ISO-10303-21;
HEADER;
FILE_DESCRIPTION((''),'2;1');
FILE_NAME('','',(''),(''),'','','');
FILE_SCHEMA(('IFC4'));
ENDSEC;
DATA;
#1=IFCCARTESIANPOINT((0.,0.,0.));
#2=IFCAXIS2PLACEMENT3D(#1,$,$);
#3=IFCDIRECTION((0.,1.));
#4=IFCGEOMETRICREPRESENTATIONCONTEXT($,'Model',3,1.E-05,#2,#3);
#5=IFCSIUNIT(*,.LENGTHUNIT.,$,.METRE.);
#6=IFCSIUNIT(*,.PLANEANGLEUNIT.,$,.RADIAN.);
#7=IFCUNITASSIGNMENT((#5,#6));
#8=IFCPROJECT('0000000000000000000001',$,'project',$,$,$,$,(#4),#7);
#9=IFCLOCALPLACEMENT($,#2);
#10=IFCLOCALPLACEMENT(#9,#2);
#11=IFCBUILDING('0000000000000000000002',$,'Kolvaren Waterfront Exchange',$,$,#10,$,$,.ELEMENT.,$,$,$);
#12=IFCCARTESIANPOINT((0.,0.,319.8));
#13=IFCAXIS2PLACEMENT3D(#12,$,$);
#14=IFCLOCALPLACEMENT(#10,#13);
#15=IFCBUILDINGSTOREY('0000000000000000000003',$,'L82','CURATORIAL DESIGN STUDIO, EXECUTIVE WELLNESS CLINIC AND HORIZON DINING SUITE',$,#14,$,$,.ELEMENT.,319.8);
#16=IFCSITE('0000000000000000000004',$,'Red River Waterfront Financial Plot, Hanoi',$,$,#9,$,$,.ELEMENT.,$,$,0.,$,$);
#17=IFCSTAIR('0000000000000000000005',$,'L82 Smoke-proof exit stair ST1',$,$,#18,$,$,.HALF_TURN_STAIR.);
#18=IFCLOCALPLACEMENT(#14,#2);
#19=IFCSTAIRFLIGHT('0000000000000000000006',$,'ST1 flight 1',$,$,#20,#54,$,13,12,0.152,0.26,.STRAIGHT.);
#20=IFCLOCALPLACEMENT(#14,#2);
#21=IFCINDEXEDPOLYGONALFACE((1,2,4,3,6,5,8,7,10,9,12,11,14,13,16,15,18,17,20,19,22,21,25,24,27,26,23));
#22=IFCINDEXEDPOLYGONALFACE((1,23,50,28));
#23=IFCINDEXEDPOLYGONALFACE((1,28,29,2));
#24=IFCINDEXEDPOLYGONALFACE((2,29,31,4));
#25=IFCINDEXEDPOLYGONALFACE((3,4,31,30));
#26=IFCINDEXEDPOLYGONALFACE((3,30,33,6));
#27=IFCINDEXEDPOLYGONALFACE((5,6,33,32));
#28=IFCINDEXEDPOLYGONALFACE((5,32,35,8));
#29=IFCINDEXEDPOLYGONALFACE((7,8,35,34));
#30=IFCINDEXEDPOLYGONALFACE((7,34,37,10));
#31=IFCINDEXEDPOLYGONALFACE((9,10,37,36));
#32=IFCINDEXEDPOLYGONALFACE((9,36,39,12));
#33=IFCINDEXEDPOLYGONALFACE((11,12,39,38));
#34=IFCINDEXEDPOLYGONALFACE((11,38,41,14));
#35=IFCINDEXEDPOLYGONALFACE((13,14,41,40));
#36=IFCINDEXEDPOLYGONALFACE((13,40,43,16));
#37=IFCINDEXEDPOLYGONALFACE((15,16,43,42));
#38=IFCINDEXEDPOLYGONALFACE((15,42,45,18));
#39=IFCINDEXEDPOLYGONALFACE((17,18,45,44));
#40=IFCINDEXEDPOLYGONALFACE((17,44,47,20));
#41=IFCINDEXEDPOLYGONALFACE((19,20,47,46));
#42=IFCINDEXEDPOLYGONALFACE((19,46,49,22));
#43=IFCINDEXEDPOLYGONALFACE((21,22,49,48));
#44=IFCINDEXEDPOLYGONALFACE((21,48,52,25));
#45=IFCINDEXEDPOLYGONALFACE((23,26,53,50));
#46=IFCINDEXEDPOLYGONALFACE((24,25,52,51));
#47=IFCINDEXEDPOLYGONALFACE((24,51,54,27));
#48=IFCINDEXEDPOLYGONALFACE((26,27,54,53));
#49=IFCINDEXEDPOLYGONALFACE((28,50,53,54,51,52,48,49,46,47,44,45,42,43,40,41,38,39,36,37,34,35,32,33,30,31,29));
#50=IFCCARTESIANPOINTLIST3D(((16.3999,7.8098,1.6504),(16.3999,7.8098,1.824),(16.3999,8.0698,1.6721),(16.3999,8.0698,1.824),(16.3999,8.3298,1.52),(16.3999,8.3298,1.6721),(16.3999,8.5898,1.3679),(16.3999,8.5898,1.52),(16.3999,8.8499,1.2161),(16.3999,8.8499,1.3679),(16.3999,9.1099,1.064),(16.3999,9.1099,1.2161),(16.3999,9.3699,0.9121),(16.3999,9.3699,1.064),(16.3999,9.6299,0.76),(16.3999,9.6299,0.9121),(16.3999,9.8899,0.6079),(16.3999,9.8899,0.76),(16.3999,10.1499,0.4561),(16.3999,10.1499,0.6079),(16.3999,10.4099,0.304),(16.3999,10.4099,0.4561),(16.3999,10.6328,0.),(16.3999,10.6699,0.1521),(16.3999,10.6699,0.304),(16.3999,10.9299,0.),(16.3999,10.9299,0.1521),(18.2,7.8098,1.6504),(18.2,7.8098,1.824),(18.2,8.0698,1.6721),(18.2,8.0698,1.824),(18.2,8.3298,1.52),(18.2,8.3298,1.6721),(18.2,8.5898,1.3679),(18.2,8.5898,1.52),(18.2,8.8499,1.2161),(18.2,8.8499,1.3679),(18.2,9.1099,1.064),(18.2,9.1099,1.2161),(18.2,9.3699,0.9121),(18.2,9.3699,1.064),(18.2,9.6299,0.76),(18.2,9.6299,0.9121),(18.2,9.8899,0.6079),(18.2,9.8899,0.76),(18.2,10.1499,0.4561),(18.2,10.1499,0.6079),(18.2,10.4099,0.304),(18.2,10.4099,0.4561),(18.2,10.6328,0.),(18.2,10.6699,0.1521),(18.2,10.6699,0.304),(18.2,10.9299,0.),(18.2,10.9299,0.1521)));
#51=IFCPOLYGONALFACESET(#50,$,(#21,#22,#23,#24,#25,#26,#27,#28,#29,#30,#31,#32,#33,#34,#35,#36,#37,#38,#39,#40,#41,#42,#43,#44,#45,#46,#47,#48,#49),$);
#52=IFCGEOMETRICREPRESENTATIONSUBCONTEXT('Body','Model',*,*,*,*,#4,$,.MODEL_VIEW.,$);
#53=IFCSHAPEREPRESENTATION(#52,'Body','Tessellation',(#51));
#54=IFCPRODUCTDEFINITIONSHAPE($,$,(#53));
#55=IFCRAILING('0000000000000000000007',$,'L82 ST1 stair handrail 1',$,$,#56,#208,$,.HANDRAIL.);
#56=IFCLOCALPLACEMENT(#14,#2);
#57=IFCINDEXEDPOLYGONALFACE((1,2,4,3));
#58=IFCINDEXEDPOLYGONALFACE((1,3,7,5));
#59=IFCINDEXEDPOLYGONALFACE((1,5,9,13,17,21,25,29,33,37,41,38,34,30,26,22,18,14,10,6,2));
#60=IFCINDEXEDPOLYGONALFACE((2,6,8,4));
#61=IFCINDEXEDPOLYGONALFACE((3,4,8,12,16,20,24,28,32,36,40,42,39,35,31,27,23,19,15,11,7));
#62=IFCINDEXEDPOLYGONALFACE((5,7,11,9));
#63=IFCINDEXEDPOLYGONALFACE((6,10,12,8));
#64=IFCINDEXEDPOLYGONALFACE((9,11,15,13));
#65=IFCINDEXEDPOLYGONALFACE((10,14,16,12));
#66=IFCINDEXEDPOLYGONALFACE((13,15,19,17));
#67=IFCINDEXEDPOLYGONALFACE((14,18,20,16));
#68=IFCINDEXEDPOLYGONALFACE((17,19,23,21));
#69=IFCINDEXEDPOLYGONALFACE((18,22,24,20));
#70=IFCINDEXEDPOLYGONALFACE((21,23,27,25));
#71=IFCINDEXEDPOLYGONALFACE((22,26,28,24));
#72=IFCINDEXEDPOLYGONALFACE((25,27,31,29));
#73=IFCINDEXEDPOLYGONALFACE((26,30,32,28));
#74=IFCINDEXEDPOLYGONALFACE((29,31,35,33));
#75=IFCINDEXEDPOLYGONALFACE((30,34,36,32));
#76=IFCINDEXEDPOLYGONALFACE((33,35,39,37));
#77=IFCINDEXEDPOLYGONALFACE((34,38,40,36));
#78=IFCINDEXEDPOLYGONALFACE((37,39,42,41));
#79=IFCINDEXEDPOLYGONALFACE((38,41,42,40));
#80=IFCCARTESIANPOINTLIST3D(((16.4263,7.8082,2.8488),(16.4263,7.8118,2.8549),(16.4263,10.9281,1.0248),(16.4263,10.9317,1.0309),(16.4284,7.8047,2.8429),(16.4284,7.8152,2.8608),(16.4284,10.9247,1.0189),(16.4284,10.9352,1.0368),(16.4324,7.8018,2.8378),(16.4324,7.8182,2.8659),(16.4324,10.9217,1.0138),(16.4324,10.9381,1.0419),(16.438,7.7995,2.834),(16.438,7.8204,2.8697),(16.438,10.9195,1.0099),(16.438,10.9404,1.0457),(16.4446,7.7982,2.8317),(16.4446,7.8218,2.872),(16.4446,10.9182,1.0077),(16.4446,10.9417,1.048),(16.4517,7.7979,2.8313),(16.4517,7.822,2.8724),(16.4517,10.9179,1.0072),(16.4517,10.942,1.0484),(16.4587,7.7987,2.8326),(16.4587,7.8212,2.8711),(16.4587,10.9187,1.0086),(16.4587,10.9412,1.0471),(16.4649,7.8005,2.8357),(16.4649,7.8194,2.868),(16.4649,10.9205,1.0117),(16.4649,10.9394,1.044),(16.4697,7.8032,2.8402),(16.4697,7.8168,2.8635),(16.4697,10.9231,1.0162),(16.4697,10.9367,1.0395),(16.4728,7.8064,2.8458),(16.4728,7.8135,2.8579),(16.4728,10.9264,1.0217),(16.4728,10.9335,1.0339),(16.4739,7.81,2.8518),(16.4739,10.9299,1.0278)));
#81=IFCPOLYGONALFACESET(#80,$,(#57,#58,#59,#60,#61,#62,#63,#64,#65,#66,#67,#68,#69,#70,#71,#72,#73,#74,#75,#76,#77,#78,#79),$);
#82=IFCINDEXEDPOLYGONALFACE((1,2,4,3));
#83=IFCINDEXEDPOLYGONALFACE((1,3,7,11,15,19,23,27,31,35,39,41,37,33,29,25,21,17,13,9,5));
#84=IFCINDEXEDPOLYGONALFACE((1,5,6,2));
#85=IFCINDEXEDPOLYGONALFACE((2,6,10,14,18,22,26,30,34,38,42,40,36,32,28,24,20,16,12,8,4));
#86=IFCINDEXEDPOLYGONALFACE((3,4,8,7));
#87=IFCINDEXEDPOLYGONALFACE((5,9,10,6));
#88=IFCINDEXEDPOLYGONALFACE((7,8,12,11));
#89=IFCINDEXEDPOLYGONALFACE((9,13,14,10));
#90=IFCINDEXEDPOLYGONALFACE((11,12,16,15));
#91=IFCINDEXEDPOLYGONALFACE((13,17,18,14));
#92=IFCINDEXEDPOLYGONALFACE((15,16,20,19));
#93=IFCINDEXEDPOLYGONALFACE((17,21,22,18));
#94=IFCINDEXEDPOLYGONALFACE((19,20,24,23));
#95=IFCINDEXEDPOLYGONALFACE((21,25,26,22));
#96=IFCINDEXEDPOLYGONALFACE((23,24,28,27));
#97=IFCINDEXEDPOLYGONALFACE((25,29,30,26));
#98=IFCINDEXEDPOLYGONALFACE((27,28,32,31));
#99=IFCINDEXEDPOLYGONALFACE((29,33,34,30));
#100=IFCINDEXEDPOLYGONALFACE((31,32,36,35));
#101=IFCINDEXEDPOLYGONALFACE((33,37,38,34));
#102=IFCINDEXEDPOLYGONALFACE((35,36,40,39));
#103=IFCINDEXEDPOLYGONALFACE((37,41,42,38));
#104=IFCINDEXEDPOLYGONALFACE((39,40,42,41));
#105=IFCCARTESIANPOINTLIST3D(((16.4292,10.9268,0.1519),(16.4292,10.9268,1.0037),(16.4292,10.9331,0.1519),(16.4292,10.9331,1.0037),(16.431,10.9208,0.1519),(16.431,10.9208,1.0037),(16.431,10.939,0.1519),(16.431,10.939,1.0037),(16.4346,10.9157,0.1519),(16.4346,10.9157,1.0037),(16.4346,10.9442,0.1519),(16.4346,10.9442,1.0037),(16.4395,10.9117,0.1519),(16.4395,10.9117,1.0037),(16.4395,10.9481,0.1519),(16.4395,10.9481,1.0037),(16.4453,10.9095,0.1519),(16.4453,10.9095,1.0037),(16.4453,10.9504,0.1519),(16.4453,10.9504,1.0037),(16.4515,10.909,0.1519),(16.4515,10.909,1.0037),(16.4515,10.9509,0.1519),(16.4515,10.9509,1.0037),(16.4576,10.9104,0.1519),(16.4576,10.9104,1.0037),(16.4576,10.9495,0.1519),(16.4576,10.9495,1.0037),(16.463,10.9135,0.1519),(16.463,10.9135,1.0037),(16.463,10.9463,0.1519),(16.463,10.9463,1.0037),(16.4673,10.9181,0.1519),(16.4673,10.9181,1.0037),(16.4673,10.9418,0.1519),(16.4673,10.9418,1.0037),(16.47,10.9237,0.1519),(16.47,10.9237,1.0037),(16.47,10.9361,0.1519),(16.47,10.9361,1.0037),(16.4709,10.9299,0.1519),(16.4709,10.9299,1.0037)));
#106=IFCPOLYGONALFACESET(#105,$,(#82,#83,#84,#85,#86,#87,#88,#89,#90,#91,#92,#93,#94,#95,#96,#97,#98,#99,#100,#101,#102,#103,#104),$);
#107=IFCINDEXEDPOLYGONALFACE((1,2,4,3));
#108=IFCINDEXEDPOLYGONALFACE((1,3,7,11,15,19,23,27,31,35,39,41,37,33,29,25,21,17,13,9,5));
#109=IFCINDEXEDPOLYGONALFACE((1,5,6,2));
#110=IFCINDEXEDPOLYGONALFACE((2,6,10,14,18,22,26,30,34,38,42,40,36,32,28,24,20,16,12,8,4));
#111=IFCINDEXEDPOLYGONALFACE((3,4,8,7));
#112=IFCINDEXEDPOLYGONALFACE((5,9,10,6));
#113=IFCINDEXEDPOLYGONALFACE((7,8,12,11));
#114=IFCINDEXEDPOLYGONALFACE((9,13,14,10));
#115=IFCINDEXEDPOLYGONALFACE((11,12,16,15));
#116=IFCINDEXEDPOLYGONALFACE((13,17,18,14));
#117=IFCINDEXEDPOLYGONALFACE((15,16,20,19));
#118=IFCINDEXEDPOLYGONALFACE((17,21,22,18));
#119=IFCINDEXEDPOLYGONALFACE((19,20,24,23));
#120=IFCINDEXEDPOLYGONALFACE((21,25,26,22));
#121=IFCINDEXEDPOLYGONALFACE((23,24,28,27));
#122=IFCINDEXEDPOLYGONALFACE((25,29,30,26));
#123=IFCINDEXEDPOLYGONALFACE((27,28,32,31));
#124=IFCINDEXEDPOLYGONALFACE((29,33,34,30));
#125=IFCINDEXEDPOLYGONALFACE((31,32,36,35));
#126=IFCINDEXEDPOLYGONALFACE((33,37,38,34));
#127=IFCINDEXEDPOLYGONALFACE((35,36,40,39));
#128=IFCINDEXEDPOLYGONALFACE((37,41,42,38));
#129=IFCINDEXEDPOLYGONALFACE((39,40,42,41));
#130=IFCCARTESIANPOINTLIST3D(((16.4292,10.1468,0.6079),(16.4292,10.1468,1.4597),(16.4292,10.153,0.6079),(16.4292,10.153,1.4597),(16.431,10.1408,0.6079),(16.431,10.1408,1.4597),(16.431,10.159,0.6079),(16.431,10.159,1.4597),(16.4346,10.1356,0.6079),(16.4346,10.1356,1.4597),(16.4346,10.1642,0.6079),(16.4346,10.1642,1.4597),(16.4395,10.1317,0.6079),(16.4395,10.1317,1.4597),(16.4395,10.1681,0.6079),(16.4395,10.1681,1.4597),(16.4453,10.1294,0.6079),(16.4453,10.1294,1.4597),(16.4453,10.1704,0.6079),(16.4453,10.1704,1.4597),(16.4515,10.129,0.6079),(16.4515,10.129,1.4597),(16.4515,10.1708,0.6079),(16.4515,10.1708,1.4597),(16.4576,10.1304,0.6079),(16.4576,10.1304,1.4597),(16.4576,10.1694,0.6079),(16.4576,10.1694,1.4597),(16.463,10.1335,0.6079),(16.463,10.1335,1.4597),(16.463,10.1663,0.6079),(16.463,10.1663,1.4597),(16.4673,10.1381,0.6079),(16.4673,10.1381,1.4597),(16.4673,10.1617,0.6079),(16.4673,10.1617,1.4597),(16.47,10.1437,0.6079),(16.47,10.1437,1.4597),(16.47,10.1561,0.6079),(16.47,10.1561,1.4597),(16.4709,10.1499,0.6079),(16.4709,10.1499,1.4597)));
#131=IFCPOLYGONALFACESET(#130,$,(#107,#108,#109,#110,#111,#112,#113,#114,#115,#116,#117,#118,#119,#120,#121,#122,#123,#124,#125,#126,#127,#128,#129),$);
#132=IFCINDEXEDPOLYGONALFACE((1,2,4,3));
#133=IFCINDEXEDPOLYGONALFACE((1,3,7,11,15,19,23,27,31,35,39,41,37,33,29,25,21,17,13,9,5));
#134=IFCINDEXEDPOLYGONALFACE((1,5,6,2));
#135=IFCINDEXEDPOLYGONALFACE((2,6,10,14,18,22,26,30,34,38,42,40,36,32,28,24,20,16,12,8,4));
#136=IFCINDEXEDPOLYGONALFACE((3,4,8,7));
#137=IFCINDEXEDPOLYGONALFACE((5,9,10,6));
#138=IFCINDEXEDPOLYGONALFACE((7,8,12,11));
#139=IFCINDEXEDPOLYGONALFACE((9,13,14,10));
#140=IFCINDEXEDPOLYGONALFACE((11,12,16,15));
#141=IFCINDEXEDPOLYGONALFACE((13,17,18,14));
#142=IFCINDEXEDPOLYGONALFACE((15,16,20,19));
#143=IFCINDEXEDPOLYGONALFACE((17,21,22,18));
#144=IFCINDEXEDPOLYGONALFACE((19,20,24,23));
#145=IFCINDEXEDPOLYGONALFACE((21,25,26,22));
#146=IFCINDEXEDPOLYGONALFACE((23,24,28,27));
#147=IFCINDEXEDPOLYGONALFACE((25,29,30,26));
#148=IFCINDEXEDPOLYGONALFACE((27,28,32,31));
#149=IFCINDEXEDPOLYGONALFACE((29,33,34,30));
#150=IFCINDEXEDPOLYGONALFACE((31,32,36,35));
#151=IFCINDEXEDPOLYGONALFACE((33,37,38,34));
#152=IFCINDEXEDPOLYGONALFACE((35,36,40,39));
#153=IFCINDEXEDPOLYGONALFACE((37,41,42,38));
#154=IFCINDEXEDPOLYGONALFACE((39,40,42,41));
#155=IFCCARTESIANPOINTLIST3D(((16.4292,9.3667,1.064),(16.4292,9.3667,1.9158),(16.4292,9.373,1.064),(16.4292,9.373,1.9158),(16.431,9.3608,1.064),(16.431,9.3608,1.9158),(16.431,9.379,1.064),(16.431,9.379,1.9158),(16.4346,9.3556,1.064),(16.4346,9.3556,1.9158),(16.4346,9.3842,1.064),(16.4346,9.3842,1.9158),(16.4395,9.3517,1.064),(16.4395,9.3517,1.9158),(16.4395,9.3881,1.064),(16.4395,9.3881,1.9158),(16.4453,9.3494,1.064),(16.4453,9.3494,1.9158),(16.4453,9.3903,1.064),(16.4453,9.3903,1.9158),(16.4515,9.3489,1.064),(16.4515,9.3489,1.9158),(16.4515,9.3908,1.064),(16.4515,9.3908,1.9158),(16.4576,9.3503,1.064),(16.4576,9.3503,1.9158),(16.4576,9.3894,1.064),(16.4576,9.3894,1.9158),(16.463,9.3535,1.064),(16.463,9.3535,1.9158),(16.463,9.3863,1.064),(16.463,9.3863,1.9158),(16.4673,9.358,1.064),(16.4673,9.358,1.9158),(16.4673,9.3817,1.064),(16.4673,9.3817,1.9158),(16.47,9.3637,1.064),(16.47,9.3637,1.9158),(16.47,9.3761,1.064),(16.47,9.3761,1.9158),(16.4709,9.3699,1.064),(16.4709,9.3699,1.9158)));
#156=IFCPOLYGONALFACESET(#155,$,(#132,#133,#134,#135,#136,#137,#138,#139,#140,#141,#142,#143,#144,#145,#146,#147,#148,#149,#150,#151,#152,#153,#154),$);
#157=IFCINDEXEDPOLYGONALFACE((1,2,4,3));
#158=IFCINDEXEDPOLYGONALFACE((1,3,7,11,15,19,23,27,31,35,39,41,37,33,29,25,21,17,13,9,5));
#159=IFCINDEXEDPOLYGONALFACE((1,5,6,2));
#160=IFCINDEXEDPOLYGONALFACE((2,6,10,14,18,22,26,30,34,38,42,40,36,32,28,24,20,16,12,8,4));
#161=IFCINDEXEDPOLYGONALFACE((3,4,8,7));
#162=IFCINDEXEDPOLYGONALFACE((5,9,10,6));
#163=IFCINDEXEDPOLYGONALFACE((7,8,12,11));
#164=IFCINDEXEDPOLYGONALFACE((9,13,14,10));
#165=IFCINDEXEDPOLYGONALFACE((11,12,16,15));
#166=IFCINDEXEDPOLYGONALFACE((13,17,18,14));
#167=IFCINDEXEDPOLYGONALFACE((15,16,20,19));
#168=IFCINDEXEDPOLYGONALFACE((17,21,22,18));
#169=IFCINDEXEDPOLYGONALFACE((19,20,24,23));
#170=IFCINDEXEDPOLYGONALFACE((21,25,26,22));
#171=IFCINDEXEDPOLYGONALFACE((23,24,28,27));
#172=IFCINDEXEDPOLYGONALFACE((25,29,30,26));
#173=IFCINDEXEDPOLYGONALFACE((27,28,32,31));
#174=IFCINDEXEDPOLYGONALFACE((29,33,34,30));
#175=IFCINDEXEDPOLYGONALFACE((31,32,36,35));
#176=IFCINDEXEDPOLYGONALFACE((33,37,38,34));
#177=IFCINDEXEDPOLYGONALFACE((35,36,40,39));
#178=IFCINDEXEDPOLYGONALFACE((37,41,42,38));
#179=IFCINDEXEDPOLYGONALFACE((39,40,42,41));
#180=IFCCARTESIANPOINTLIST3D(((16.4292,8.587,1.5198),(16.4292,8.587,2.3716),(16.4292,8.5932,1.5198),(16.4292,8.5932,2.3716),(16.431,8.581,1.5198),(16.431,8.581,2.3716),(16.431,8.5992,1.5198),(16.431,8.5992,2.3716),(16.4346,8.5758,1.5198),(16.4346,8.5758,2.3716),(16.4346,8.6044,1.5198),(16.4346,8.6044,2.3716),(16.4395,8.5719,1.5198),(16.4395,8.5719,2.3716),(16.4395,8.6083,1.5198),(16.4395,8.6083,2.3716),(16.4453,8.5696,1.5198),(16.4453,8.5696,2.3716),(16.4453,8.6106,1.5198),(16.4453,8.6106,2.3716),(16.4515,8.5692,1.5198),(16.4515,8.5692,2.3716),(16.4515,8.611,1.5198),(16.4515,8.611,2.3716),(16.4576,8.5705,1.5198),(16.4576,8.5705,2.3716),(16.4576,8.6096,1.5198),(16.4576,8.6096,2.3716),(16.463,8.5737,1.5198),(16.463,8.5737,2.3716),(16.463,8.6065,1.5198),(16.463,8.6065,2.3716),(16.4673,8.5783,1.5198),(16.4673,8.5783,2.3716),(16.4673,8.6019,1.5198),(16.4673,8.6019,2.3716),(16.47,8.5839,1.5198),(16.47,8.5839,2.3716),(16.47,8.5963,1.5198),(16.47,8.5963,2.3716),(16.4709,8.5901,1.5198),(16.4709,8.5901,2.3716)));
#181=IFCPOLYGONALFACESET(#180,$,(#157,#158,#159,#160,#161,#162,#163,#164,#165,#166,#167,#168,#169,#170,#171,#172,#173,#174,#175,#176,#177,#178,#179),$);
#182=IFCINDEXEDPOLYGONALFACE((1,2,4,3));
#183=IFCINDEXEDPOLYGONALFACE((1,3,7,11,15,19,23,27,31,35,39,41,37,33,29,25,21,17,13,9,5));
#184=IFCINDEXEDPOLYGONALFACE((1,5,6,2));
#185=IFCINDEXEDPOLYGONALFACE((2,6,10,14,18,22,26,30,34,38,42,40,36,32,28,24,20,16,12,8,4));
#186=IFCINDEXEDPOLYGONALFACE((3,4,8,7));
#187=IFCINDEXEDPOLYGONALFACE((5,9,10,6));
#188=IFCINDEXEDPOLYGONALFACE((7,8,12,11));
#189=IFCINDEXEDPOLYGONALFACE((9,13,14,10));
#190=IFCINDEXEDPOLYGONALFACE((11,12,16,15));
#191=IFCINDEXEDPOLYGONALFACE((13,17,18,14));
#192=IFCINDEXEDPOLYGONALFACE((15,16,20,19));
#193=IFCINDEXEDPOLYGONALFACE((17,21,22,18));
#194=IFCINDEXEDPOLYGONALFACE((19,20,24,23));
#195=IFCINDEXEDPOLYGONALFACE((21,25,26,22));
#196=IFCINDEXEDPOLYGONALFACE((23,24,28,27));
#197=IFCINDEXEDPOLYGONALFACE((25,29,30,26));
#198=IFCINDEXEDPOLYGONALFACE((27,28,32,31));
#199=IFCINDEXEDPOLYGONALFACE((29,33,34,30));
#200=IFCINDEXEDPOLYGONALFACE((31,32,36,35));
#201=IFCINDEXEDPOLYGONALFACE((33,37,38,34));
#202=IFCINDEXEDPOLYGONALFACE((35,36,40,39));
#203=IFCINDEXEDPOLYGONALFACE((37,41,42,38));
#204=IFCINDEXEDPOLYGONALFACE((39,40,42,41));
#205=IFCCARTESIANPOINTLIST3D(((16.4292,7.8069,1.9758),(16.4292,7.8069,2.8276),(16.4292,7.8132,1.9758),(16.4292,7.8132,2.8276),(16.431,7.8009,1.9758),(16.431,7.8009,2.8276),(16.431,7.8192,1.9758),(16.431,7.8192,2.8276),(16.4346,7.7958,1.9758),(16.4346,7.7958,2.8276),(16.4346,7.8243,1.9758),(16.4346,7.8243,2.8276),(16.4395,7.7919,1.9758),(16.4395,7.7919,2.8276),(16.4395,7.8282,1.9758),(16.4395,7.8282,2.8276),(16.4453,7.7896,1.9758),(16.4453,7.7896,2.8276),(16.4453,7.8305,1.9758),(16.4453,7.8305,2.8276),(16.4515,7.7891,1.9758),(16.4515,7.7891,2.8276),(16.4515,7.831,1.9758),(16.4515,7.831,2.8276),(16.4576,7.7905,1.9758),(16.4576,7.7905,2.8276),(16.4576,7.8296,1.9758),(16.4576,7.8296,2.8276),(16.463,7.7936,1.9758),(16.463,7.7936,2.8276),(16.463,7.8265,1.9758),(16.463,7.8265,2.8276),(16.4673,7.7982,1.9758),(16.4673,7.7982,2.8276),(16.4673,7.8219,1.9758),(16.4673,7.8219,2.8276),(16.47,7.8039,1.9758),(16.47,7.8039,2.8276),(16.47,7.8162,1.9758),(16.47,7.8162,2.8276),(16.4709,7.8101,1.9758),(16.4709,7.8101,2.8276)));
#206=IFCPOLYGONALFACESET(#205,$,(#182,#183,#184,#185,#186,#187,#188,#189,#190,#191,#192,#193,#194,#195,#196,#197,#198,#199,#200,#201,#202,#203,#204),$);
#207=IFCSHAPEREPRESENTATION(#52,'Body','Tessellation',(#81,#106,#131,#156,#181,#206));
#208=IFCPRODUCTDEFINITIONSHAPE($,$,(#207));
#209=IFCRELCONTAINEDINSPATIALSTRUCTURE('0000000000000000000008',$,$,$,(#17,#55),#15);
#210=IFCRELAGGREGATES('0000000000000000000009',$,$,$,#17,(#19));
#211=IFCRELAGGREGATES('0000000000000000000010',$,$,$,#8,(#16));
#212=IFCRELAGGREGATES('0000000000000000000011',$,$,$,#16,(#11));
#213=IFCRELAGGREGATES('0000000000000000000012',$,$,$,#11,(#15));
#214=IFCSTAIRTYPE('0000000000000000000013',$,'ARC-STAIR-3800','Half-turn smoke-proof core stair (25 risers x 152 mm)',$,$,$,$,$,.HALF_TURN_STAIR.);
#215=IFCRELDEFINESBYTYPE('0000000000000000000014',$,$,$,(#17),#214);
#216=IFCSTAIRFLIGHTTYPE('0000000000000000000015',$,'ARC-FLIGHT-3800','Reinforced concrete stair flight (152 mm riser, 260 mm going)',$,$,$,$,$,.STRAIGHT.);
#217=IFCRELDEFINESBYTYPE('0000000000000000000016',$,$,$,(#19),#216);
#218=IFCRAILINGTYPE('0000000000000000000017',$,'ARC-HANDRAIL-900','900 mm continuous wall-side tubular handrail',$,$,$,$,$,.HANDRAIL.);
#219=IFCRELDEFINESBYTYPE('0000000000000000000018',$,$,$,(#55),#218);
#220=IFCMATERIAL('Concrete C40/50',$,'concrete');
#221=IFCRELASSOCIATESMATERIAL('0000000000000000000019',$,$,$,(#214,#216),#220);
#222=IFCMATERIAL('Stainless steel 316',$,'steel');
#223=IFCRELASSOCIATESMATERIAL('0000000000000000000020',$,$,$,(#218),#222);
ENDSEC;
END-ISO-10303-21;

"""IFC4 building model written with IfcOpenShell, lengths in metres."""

from ifc_helpers import new_model, si_unit, direction, frame, origin, origin_2d, place, context, subcontext, project, spatial, polyline, circle, outline, extrude, material, type_object, element, aggregate, save


model = new_model("IFC4")

# Units and contexts
model_context = context("Model", 3, precision=1e-05, world=origin(), true_north=direction((0.0, 1.0)))
body_context = subcontext(model_context, "Body", "Model", "MODEL_VIEW")
ifc_project = project(units=[si_unit("LENGTHUNIT", "METRE"), si_unit("PLANEANGLEUNIT", "RADIAN")], contexts=[model_context])

# Site, building, storey
site_placement = place(None, origin())
site = spatial("IfcSite", under=ifc_project, at=site_placement, Name="Red River Waterfront Financial Plot, Hanoi", CompositionType="ELEMENT", RefElevation=0.0)
building_placement = place(site_placement, origin())
building = spatial("IfcBuilding", under=site, at=building_placement, Name="Kolvaren Waterfront Exchange", CompositionType="ELEMENT")
storey_placement = place(building_placement, frame((0.0, 0.0, 319.8)))
storey = spatial("IfcBuildingStorey", under=building, at=storey_placement, Name="L82", Description="CURATORIAL DESIGN STUDIO, EXECUTIVE WELLNESS CLINIC AND HORIZON DINING SUITE", CompositionType="ELEMENT", Elevation=319.8)

# Shared definitions
ifc_material_1 = material(Name="Concrete C40/50", Category="concrete")

# Stair, stair flight
stair_type = type_object("IfcStairType", Name="ARC-STAIR-3800", Description="Half-turn smoke-proof core stair (25 risers x 152 mm)", PredefinedType="HALF_TURN_STAIR", material=ifc_material_1)
stair_placement = place(storey_placement, origin())
stair = element("IfcStair", 1, at=stair_placement, inside=storey, type_object=stair_type, Name="L82 Smoke-proof exit stair ST1", PredefinedType="HALF_TURN_STAIR")
stair_flight_type = type_object("IfcStairFlightType", Name="ARC-FLIGHT-3800", Description="Reinforced concrete stair flight (152 mm riser, 260 mm going)", PredefinedType="STRAIGHT", material=ifc_material_1)
stair_flight_placement = place(storey_placement, frame((17.3, 10.9299, 0.0), z_axis=(0.0, 0.0, 1.0), x_axis=(0.0, -1.0, 0.0)))
stair_flight = element("IfcStairFlight", 2, at=stair_flight_placement, type_object=stair_flight_type, Name="ST1 flight 1", NumberOfRisers=13, NumberOfTreads=12, PredefinedType="STRAIGHT", RiserHeight=0.152, TreadLength=0.26, context=body_context, shape_type="SweptSolid", body=[
    extrude(outline(polyline([(0.0, 0.0), (0.0, 0.1521), (0.26, 0.1521), (0.26, 0.304), (0.52, 0.304), (0.52, 0.4561), (0.78, 0.4561), (0.78, 0.6079), (1.04, 0.6079), (1.04, 0.76), (1.3, 0.76), (1.3, 0.9121), (1.5601, 0.9121), (1.5601, 1.064), (1.8201, 1.064), (1.8201, 1.2161), (2.0801, 1.2161), (2.0801, 1.3679), (2.3401, 1.3679), (2.3401, 1.52), (2.6001, 1.52), (2.6001, 1.6721), (2.8601, 1.6721), (2.8601, 1.824), (3.1201, 1.824), (3.1201, 1.9761), (3.1201, 1.6504), (0.2971, 0.0), (0.0, 0.0)])), frame((0.0, 0.8999, 0.0), z_axis=(0.0, -1.0, 0.0), x_axis=(1.0, 0.0, 0.0)), (0.0, 0.0, 1.0), 1.8),
])
aggregate(stair, [stair_flight])

# Railing
ifc_material_2 = material(Name="Stainless steel 316", Category="steel")
railing_type = type_object("IfcRailingType", Name="ARC-HANDRAIL-900", Description="900 mm continuous wall-side tubular handrail", PredefinedType="HANDRAIL", material=ifc_material_2)
railing_placement = place(storey_placement, frame((16.45, 10.9299, 0.1519)))
element("IfcRailing", 3, at=railing_placement, inside=storey, type_object=railing_type, Name="L82 ST1 stair handrail 1", PredefinedType="HANDRAIL", context=body_context, shape_type="SweptSolid", body=[
    extrude(circle(Radius=0.0239, at=origin_2d()), frame((0.0, 0.0, 0.876), z_axis=(0.0, -0.863291, 0.504707), x_axis=(1.0, 0.0, 0.0)), (0.0, 0.0, 1.0), 3.614),
    extrude(circle(Radius=0.021, at=origin_2d()), origin(), (0.0, 0.0, 1.0), 0.8518),
    extrude(circle(Radius=0.021, at=origin_2d()), frame((0.0, -0.78, 0.4561)), (0.0, 0.0, 1.0), 0.8518),
    extrude(circle(Radius=0.021, at=origin_2d()), frame((0.0, -1.5601, 0.9121)), (0.0, 0.0, 1.0), 0.8518),
    extrude(circle(Radius=0.021, at=origin_2d()), frame((0.0, -2.3398, 1.3679)), (0.0, 0.0, 1.0), 0.8518),
    extrude(circle(Radius=0.021, at=origin_2d()), frame((0.0, -3.1199, 1.824)), (0.0, 0.0, 1.0), 0.8518),
])

save(model, "model.ifc")
